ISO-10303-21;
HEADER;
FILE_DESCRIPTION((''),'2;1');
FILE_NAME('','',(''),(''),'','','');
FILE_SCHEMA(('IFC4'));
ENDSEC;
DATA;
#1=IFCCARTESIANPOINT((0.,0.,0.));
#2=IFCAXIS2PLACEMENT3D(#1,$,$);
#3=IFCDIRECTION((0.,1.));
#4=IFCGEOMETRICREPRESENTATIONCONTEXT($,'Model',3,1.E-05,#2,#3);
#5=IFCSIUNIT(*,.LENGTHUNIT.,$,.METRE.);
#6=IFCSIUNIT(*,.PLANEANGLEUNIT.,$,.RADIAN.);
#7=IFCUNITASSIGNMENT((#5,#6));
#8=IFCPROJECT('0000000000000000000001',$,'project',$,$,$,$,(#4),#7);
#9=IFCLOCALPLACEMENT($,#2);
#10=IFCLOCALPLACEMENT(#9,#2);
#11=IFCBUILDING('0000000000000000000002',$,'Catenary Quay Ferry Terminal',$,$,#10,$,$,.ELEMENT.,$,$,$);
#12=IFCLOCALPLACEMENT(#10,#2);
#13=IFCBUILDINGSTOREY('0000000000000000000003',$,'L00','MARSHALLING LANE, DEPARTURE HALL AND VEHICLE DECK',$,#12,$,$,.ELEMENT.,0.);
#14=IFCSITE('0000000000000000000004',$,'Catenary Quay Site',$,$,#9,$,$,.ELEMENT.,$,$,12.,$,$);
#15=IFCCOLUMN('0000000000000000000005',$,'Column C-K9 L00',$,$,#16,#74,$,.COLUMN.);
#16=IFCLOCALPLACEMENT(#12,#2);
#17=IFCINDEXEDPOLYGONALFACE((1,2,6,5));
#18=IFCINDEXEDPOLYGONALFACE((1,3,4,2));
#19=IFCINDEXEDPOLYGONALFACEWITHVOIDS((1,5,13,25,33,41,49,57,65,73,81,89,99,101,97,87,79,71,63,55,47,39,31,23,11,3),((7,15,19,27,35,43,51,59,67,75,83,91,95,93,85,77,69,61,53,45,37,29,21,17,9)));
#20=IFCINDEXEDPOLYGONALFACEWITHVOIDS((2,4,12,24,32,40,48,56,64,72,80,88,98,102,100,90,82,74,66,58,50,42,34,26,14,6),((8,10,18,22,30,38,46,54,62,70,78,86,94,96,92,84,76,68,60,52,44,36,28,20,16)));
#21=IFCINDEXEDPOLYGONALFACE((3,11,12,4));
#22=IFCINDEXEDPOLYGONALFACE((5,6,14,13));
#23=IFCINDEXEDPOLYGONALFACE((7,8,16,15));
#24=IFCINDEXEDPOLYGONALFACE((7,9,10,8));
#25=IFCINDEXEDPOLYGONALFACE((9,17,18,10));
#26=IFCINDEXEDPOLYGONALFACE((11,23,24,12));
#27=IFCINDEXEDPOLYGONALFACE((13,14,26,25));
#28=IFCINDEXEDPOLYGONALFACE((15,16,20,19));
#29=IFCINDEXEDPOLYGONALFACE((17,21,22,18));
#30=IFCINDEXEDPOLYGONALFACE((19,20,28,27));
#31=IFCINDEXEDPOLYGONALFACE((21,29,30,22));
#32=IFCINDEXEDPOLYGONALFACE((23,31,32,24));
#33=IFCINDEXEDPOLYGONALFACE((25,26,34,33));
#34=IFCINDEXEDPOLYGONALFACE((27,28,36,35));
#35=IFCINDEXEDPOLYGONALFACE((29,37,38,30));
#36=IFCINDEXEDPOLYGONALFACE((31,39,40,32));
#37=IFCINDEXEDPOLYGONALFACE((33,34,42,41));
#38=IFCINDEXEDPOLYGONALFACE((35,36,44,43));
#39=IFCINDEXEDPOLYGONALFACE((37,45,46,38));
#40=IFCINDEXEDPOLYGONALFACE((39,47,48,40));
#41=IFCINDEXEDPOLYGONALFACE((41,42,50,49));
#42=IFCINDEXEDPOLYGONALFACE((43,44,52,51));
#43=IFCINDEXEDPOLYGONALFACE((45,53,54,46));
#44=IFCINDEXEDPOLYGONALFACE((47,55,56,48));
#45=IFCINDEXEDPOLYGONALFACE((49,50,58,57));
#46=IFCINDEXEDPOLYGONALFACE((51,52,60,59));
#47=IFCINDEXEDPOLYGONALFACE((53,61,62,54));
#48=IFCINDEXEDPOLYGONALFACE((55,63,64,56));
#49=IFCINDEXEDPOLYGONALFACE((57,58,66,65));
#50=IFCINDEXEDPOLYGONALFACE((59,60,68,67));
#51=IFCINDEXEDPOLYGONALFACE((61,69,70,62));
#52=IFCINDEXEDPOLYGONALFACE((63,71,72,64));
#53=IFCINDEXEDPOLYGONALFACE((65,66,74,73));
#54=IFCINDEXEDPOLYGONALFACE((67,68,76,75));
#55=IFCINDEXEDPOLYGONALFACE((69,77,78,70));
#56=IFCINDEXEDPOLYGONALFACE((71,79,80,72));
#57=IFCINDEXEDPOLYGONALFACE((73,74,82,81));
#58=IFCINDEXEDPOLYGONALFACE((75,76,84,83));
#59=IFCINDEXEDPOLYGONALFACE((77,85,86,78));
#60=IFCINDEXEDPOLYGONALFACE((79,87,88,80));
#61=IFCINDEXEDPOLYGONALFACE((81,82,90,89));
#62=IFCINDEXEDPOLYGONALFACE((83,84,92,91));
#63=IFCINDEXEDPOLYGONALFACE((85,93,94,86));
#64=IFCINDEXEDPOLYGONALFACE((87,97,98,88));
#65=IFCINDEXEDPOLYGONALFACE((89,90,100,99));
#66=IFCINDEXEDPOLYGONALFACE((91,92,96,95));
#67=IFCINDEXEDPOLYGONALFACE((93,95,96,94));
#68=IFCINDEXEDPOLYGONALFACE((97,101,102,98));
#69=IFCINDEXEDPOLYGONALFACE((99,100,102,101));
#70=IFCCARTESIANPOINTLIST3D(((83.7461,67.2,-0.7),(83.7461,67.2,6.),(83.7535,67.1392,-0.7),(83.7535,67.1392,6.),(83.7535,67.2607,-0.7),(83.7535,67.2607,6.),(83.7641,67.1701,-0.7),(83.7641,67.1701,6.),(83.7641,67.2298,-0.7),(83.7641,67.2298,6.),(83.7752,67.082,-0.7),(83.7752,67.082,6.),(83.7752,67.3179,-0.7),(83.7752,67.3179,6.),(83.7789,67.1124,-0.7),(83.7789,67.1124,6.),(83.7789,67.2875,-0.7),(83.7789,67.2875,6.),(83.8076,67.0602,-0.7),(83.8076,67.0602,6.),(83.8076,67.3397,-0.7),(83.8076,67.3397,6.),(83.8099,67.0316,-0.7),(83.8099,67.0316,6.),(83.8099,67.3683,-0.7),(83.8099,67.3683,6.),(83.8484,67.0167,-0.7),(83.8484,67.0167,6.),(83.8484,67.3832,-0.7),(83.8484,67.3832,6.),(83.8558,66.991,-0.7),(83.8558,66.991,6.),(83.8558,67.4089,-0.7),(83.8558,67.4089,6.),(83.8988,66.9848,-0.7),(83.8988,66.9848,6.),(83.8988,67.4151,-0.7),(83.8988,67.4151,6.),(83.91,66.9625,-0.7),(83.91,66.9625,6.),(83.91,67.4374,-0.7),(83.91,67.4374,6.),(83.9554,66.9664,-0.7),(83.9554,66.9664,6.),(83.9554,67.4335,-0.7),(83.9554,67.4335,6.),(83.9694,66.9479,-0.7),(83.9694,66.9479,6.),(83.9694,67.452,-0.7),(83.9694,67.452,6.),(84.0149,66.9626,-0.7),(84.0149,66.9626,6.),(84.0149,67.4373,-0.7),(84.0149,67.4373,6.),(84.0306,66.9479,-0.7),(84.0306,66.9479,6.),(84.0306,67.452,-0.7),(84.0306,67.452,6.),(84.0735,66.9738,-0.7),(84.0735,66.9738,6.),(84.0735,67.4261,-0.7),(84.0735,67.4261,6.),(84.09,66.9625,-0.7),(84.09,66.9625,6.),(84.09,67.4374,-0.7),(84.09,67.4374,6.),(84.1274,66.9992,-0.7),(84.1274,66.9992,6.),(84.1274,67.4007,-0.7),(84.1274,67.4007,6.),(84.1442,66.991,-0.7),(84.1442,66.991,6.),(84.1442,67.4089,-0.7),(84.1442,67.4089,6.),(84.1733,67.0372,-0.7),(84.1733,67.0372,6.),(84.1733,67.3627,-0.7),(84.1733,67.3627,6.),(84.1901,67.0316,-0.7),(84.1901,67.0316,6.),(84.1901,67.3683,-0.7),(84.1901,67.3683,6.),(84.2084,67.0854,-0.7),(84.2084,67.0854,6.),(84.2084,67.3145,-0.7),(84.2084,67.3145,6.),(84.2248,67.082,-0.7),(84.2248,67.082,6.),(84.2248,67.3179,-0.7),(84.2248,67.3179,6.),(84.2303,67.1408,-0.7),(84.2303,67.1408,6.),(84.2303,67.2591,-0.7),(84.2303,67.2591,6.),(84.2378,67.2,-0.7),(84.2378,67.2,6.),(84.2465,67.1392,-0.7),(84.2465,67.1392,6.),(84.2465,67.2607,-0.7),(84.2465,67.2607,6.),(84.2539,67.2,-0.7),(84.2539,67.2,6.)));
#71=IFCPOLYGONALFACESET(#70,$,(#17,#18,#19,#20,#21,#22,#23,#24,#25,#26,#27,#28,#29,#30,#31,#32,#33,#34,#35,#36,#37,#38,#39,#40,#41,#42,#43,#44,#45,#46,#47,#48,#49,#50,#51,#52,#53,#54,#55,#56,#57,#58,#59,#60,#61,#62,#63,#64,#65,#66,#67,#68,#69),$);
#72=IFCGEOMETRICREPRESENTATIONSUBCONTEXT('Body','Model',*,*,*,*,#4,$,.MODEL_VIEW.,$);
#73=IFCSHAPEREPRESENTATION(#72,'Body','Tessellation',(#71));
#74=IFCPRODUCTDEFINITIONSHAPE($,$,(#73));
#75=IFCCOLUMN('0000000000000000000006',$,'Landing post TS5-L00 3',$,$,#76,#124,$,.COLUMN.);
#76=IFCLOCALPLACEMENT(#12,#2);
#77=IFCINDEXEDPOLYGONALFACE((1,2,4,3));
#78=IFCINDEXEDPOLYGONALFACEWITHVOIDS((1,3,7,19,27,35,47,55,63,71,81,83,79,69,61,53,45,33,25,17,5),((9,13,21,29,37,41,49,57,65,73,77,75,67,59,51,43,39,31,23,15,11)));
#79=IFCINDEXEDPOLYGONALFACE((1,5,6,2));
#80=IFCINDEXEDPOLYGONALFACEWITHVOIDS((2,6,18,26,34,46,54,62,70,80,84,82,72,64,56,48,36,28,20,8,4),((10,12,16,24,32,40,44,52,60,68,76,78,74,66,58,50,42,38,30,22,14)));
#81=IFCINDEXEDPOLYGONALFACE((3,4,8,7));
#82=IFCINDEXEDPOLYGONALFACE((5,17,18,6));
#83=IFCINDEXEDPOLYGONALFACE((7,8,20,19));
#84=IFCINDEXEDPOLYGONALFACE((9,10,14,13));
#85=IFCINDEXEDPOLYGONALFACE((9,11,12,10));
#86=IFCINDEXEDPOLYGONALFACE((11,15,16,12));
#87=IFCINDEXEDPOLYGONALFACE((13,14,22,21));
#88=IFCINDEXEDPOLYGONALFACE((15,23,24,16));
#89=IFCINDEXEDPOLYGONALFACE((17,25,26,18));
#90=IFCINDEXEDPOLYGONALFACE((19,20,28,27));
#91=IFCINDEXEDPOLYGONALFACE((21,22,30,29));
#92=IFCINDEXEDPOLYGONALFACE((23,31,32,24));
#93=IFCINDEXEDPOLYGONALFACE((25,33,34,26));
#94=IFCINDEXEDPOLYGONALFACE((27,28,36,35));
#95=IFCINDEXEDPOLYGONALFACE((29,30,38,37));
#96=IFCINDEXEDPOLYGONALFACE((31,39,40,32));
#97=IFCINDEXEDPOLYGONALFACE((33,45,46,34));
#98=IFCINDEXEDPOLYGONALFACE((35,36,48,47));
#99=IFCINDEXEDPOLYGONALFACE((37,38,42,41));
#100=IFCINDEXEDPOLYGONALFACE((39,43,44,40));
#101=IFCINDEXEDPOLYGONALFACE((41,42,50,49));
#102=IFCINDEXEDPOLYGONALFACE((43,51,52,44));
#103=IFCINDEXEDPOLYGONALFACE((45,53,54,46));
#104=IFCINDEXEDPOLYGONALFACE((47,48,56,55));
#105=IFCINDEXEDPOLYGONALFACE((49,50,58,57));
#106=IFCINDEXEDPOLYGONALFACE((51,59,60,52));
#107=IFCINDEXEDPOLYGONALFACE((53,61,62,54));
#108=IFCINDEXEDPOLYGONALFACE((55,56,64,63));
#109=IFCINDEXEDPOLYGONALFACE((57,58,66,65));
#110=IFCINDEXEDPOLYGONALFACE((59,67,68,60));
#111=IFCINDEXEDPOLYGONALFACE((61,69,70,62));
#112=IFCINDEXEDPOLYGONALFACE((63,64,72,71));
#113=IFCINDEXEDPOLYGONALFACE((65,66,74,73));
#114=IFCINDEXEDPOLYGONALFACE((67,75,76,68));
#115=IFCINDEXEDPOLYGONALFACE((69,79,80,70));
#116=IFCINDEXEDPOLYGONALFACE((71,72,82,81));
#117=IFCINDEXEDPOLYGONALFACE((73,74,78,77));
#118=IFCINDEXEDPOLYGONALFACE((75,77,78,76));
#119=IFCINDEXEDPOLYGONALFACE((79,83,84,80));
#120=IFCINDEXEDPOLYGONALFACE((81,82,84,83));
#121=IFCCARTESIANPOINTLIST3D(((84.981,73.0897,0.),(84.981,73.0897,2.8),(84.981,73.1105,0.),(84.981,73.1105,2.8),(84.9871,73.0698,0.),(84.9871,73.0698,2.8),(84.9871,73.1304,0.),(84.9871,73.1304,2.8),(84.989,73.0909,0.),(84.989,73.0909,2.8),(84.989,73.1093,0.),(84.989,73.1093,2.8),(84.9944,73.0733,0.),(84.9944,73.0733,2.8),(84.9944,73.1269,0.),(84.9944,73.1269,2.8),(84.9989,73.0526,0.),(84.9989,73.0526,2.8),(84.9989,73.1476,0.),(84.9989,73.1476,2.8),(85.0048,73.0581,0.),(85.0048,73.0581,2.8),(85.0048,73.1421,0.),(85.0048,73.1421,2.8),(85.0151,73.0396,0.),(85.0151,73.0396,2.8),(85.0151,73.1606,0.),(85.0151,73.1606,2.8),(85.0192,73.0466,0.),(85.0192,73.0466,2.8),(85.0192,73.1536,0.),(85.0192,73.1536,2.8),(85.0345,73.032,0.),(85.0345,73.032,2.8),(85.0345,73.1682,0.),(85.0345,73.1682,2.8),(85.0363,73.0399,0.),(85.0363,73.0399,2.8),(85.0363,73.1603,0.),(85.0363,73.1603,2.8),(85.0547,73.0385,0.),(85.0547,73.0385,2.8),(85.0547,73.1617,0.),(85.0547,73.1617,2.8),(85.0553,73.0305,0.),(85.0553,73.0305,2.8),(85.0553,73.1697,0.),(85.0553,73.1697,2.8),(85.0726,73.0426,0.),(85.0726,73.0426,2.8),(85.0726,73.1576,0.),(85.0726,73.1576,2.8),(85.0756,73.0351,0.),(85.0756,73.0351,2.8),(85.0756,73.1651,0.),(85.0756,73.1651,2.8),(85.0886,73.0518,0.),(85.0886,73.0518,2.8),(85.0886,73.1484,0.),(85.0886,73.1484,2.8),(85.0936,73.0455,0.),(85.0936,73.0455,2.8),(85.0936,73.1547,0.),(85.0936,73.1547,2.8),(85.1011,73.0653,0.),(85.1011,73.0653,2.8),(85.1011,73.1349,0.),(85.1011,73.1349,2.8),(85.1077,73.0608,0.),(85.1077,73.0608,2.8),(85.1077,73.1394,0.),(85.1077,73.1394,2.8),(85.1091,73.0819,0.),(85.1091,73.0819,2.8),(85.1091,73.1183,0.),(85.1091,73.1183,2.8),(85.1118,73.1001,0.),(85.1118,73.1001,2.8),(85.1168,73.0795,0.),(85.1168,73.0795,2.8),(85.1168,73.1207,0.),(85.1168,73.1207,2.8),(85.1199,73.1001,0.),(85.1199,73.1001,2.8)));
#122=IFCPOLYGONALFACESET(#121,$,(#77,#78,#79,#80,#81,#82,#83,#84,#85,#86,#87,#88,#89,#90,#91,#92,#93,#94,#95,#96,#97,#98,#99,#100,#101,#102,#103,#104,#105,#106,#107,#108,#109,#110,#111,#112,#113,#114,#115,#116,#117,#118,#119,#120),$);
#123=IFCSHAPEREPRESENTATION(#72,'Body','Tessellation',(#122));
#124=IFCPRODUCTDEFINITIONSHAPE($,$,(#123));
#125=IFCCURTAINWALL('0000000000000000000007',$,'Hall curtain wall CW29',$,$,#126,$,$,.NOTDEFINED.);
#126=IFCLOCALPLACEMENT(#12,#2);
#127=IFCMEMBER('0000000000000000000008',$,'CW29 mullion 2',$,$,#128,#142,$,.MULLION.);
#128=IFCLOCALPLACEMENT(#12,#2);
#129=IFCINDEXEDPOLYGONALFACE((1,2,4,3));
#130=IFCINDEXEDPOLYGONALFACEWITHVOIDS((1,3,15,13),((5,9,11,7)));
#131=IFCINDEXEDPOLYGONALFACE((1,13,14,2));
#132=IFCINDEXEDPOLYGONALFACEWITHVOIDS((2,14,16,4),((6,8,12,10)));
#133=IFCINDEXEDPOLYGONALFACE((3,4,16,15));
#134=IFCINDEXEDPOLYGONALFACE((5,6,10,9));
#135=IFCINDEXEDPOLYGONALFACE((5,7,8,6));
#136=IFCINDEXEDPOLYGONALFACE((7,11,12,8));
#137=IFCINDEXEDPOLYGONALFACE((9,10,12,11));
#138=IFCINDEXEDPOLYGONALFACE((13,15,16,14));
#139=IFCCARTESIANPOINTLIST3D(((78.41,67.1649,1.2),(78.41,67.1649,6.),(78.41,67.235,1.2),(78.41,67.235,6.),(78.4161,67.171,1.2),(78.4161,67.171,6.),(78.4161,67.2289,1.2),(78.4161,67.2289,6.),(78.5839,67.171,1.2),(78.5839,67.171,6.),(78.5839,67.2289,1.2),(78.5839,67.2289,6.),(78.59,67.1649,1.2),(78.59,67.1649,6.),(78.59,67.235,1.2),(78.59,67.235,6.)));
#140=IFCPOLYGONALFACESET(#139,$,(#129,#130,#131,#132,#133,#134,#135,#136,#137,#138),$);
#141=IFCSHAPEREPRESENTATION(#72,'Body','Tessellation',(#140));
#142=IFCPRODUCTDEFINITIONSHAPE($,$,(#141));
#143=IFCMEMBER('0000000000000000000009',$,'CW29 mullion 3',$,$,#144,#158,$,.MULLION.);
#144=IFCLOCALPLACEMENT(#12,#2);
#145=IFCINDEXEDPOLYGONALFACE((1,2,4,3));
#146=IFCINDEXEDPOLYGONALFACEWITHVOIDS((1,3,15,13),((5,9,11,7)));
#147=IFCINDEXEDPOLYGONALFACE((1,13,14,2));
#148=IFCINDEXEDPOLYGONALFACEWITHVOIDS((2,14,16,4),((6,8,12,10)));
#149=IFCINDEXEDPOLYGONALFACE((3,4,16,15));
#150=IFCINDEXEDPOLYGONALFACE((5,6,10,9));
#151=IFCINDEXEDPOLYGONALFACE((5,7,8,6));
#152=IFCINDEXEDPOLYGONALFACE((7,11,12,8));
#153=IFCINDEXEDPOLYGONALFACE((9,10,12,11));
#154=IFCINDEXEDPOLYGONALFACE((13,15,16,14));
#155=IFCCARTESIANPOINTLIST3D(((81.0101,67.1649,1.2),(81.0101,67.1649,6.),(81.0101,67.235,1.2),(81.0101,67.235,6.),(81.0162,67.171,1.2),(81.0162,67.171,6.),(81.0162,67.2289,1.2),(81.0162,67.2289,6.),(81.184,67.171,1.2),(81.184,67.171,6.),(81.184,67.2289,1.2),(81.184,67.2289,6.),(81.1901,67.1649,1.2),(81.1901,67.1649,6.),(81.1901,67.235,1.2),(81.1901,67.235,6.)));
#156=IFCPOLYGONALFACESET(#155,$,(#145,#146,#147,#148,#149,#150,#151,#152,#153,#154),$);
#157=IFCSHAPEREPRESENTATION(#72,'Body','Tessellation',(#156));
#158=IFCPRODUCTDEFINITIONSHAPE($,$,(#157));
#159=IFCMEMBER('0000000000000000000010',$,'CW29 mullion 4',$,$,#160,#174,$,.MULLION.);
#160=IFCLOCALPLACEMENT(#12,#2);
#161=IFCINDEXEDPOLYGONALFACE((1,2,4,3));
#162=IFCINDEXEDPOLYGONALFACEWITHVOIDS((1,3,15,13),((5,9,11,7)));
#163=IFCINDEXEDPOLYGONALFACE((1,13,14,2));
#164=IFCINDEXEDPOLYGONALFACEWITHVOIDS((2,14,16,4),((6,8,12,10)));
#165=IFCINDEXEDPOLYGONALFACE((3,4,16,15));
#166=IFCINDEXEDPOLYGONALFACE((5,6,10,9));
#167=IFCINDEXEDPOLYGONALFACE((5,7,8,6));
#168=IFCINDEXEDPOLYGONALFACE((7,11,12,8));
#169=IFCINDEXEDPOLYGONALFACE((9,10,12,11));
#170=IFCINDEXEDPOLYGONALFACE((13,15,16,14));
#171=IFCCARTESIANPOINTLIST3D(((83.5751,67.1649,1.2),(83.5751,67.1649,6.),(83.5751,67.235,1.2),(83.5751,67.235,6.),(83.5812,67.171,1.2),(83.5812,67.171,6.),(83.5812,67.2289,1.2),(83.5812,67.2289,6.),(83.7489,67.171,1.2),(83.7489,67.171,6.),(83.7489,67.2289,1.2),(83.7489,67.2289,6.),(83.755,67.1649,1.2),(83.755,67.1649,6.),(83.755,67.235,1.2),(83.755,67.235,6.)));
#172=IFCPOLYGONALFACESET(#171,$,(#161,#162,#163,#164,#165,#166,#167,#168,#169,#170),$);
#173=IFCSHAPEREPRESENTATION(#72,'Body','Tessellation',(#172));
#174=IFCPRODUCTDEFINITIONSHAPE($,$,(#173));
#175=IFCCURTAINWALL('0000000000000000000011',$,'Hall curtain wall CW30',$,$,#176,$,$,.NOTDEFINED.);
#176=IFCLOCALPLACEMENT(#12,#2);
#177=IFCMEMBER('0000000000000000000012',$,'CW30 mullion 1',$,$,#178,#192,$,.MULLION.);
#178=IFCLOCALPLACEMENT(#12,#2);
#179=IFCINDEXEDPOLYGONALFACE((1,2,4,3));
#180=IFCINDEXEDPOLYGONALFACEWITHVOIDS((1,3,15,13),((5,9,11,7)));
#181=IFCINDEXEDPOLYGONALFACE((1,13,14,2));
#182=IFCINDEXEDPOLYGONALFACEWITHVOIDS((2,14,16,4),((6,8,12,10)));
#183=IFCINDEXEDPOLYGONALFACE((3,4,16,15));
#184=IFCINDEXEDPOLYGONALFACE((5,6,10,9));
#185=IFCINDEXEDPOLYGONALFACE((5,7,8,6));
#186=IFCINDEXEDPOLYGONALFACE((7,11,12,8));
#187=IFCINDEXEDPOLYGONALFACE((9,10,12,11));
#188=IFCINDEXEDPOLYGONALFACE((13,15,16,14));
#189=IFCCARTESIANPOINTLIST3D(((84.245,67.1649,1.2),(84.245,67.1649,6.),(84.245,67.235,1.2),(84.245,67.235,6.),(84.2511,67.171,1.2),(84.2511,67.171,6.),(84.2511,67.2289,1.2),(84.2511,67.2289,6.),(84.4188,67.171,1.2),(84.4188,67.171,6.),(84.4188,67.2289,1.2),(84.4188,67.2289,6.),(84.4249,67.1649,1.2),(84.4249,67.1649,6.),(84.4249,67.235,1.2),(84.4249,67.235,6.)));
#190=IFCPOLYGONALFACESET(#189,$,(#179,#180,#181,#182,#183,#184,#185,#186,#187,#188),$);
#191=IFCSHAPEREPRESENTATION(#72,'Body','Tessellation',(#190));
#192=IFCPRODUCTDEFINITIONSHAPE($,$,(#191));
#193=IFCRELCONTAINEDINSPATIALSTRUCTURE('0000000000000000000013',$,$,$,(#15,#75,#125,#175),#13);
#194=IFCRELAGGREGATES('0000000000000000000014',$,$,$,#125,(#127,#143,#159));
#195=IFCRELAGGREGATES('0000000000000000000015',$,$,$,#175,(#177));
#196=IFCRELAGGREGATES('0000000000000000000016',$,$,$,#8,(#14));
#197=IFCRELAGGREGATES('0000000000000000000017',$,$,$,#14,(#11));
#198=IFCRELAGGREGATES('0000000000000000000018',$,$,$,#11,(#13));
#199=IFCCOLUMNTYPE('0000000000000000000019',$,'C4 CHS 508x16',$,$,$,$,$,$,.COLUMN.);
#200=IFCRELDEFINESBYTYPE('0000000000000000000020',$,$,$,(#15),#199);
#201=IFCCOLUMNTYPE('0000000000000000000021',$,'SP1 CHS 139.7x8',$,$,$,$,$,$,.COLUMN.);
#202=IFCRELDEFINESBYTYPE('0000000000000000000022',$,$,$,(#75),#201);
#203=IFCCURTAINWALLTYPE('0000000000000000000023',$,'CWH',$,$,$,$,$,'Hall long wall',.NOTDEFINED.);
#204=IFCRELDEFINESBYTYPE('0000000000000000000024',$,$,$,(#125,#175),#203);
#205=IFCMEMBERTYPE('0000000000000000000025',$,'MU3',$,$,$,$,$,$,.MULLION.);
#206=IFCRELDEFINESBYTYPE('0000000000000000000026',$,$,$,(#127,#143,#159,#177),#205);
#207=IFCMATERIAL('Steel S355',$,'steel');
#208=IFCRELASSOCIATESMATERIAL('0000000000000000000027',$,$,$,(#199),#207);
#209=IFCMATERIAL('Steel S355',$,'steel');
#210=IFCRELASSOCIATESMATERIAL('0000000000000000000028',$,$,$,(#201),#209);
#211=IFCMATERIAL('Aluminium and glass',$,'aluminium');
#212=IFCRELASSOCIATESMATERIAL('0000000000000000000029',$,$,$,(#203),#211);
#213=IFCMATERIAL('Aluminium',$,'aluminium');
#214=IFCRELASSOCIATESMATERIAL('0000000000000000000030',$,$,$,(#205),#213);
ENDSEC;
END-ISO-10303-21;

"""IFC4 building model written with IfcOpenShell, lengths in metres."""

from ifc_helpers import new_model, si_unit, direction, frame, origin, origin_2d, place, context, subcontext, project, spatial, hollow_rectangle, hollow_circle, extrude, material, material_profile, profile_set, type_object, element, aggregate, save


model = new_model("IFC4")

# Units and contexts
model_context = context("Model", 3, precision=1e-05, world=origin(), true_north=direction((0.0, 1.0)))
body_context = subcontext(model_context, "Body", "Model", "MODEL_VIEW")
ifc_project = project(units=[si_unit("LENGTHUNIT", "METRE"), si_unit("PLANEANGLEUNIT", "RADIAN")], contexts=[model_context])

# Site, building, storey
site_placement = place(None, origin())
site = spatial("IfcSite", under=ifc_project, at=site_placement, Name="Catenary Quay Site", CompositionType="ELEMENT", RefElevation=12.0)
building_placement = place(site_placement, origin())
building = spatial("IfcBuilding", under=site, at=building_placement, Name="Catenary Quay Ferry Terminal", CompositionType="ELEMENT")
storey_placement = place(building_placement, origin())
storey = spatial("IfcBuildingStorey", under=building, at=storey_placement, Name="L00", Description="MARSHALLING LANE, DEPARTURE HALL AND VEHICLE DECK", CompositionType="ELEMENT", Elevation=0.0)

# Columns
ifc_material_1 = material(Name="Steel S355", Category="steel")
ifc_material_profile_1 = material_profile(ifc_material_1, hollow_circle(Radius=0.2539, WallThickness=0.0161, at=origin_2d()), Name="CHS 508x16")
ifc_profile_set_1 = profile_set([ifc_material_profile_1], Name="Steel S355")
column_type_1 = type_object("IfcColumnType", Name="C4 CHS 508x16", PredefinedType="COLUMN", material=ifc_profile_set_1)
column_1_placement = place(storey_placement, frame((84.0, 67.2, -0.7), z_axis=(0.0, 0.0, 1.0), x_axis=(1.0, 0.0, 0.0)))
element("IfcColumn", 1, at=column_1_placement, inside=storey, type_object=column_type_1, Name="Column C-K9 L00", PredefinedType="COLUMN", context=body_context, shape_type="SweptSolid", body=[
    extrude(hollow_circle(Radius=0.2539, WallThickness=0.0161, at=origin_2d()), origin(), (0.0, 0.0, 1.0), 6.7),
])
ifc_material_2 = material(Name="Steel S355", Category="steel")
ifc_material_profile_2 = material_profile(ifc_material_2, hollow_circle(Radius=0.0698, WallThickness=0.0081, at=origin_2d()), Name="CHS 139.7x8")
ifc_profile_set_2 = profile_set([ifc_material_profile_2], Name="Steel S355")
column_type_2 = type_object("IfcColumnType", Name="SP1 CHS 139.7x8", PredefinedType="COLUMN", material=ifc_profile_set_2)
column_2_placement = place(storey_placement, frame((85.05, 73.1001, 0.0), z_axis=(0.0, 0.0, 1.0), x_axis=(1.0, 0.0, 0.0)))
element("IfcColumn", 2, at=column_2_placement, inside=storey, type_object=column_type_2, Name="Landing post TS5-L00 3", PredefinedType="COLUMN", context=body_context, shape_type="SweptSolid", body=[
    extrude(hollow_circle(Radius=0.0698, WallThickness=0.0081, at=origin_2d()), origin(), (0.0, 0.0, 1.0), 2.8),
])

# Curtain wall, members
ifc_material_3 = material(Name="Aluminium and glass", Category="aluminium")
curtain_wall_type = type_object("IfcCurtainWallType", Name="CWH", ElementType="Hall long wall", PredefinedType="NOTDEFINED", material=ifc_material_3)
curtain_wall_1_placement = place(storey_placement, origin())
curtain_wall_1 = element("IfcCurtainWall", 3, at=curtain_wall_1_placement, inside=storey, type_object=curtain_wall_type, Name="Hall curtain wall CW29", PredefinedType="NOTDEFINED")
ifc_material_4 = material(Name="Aluminium", Category="aluminium")
ifc_material_profile_3 = material_profile(ifc_material_4, hollow_rectangle(XDim=0.0701, YDim=0.1799, WallThickness=0.0061, at=origin_2d()), Name="MU3")
ifc_profile_set_3 = profile_set([ifc_material_profile_3], Name="Aluminium")
member_type_1 = type_object("IfcMemberType", Name="MU3", PredefinedType="MULLION", material=ifc_profile_set_3)
member_1_placement = place(storey_placement, frame((78.5, 67.2, 1.2), z_axis=(0.0, 0.0, 1.0), x_axis=(0.0, 1.0, 0.0)))
member_1 = element("IfcMember", 4, at=member_1_placement, type_object=member_type_1, Name="CW29 mullion 2", PredefinedType="MULLION", context=body_context, shape_type="SweptSolid", body=[
    extrude(hollow_rectangle(XDim=0.0701, YDim=0.1799, WallThickness=0.0061, at=origin_2d()), origin(), (0.0, 0.0, 1.0), 4.8),
])
member_2_placement = place(storey_placement, frame((81.1001, 67.2, 1.2), z_axis=(0.0, 0.0, 1.0), x_axis=(0.0, 1.0, 0.0)))
member_2 = element("IfcMember", 5, at=member_2_placement, type_object=member_type_1, Name="CW29 mullion 3", PredefinedType="MULLION", context=body_context, shape_type="SweptSolid", body=[
    extrude(hollow_rectangle(XDim=0.0701, YDim=0.1799, WallThickness=0.0061, at=origin_2d()), origin(), (0.0, 0.0, 1.0), 4.8),
])
member_3_placement = place(storey_placement, frame((83.665, 67.2, 1.2), z_axis=(0.0, 0.0, 1.0), x_axis=(0.0, 1.0, 0.0)))
member_3 = element("IfcMember", 6, at=member_3_placement, type_object=member_type_1, Name="CW29 mullion 4", PredefinedType="MULLION", context=body_context, shape_type="SweptSolid", body=[
    extrude(hollow_rectangle(XDim=0.0701, YDim=0.1799, WallThickness=0.0061, at=origin_2d()), origin(), (0.0, 0.0, 1.0), 4.8),
])

# Curtain wall, member
curtain_wall_2_placement = place(storey_placement, origin())
curtain_wall_2 = element("IfcCurtainWall", 7, at=curtain_wall_2_placement, inside=storey, type_object=curtain_wall_type, Name="Hall curtain wall CW30", PredefinedType="NOTDEFINED")
member_4_placement = place(storey_placement, frame((84.335, 67.2, 1.2), z_axis=(0.0, 0.0, 1.0), x_axis=(0.0, 1.0, 0.0)))
member_4 = element("IfcMember", 8, at=member_4_placement, type_object=member_type_1, Name="CW30 mullion 1", PredefinedType="MULLION", context=body_context, shape_type="SweptSolid", body=[
    extrude(hollow_rectangle(XDim=0.0701, YDim=0.1799, WallThickness=0.0061, at=origin_2d()), origin(), (0.0, 0.0, 1.0), 4.8),
])

aggregate(curtain_wall_1, [member_1, member_2, member_3])
aggregate(curtain_wall_2, [member_4])

save(model, "model.ifc")
